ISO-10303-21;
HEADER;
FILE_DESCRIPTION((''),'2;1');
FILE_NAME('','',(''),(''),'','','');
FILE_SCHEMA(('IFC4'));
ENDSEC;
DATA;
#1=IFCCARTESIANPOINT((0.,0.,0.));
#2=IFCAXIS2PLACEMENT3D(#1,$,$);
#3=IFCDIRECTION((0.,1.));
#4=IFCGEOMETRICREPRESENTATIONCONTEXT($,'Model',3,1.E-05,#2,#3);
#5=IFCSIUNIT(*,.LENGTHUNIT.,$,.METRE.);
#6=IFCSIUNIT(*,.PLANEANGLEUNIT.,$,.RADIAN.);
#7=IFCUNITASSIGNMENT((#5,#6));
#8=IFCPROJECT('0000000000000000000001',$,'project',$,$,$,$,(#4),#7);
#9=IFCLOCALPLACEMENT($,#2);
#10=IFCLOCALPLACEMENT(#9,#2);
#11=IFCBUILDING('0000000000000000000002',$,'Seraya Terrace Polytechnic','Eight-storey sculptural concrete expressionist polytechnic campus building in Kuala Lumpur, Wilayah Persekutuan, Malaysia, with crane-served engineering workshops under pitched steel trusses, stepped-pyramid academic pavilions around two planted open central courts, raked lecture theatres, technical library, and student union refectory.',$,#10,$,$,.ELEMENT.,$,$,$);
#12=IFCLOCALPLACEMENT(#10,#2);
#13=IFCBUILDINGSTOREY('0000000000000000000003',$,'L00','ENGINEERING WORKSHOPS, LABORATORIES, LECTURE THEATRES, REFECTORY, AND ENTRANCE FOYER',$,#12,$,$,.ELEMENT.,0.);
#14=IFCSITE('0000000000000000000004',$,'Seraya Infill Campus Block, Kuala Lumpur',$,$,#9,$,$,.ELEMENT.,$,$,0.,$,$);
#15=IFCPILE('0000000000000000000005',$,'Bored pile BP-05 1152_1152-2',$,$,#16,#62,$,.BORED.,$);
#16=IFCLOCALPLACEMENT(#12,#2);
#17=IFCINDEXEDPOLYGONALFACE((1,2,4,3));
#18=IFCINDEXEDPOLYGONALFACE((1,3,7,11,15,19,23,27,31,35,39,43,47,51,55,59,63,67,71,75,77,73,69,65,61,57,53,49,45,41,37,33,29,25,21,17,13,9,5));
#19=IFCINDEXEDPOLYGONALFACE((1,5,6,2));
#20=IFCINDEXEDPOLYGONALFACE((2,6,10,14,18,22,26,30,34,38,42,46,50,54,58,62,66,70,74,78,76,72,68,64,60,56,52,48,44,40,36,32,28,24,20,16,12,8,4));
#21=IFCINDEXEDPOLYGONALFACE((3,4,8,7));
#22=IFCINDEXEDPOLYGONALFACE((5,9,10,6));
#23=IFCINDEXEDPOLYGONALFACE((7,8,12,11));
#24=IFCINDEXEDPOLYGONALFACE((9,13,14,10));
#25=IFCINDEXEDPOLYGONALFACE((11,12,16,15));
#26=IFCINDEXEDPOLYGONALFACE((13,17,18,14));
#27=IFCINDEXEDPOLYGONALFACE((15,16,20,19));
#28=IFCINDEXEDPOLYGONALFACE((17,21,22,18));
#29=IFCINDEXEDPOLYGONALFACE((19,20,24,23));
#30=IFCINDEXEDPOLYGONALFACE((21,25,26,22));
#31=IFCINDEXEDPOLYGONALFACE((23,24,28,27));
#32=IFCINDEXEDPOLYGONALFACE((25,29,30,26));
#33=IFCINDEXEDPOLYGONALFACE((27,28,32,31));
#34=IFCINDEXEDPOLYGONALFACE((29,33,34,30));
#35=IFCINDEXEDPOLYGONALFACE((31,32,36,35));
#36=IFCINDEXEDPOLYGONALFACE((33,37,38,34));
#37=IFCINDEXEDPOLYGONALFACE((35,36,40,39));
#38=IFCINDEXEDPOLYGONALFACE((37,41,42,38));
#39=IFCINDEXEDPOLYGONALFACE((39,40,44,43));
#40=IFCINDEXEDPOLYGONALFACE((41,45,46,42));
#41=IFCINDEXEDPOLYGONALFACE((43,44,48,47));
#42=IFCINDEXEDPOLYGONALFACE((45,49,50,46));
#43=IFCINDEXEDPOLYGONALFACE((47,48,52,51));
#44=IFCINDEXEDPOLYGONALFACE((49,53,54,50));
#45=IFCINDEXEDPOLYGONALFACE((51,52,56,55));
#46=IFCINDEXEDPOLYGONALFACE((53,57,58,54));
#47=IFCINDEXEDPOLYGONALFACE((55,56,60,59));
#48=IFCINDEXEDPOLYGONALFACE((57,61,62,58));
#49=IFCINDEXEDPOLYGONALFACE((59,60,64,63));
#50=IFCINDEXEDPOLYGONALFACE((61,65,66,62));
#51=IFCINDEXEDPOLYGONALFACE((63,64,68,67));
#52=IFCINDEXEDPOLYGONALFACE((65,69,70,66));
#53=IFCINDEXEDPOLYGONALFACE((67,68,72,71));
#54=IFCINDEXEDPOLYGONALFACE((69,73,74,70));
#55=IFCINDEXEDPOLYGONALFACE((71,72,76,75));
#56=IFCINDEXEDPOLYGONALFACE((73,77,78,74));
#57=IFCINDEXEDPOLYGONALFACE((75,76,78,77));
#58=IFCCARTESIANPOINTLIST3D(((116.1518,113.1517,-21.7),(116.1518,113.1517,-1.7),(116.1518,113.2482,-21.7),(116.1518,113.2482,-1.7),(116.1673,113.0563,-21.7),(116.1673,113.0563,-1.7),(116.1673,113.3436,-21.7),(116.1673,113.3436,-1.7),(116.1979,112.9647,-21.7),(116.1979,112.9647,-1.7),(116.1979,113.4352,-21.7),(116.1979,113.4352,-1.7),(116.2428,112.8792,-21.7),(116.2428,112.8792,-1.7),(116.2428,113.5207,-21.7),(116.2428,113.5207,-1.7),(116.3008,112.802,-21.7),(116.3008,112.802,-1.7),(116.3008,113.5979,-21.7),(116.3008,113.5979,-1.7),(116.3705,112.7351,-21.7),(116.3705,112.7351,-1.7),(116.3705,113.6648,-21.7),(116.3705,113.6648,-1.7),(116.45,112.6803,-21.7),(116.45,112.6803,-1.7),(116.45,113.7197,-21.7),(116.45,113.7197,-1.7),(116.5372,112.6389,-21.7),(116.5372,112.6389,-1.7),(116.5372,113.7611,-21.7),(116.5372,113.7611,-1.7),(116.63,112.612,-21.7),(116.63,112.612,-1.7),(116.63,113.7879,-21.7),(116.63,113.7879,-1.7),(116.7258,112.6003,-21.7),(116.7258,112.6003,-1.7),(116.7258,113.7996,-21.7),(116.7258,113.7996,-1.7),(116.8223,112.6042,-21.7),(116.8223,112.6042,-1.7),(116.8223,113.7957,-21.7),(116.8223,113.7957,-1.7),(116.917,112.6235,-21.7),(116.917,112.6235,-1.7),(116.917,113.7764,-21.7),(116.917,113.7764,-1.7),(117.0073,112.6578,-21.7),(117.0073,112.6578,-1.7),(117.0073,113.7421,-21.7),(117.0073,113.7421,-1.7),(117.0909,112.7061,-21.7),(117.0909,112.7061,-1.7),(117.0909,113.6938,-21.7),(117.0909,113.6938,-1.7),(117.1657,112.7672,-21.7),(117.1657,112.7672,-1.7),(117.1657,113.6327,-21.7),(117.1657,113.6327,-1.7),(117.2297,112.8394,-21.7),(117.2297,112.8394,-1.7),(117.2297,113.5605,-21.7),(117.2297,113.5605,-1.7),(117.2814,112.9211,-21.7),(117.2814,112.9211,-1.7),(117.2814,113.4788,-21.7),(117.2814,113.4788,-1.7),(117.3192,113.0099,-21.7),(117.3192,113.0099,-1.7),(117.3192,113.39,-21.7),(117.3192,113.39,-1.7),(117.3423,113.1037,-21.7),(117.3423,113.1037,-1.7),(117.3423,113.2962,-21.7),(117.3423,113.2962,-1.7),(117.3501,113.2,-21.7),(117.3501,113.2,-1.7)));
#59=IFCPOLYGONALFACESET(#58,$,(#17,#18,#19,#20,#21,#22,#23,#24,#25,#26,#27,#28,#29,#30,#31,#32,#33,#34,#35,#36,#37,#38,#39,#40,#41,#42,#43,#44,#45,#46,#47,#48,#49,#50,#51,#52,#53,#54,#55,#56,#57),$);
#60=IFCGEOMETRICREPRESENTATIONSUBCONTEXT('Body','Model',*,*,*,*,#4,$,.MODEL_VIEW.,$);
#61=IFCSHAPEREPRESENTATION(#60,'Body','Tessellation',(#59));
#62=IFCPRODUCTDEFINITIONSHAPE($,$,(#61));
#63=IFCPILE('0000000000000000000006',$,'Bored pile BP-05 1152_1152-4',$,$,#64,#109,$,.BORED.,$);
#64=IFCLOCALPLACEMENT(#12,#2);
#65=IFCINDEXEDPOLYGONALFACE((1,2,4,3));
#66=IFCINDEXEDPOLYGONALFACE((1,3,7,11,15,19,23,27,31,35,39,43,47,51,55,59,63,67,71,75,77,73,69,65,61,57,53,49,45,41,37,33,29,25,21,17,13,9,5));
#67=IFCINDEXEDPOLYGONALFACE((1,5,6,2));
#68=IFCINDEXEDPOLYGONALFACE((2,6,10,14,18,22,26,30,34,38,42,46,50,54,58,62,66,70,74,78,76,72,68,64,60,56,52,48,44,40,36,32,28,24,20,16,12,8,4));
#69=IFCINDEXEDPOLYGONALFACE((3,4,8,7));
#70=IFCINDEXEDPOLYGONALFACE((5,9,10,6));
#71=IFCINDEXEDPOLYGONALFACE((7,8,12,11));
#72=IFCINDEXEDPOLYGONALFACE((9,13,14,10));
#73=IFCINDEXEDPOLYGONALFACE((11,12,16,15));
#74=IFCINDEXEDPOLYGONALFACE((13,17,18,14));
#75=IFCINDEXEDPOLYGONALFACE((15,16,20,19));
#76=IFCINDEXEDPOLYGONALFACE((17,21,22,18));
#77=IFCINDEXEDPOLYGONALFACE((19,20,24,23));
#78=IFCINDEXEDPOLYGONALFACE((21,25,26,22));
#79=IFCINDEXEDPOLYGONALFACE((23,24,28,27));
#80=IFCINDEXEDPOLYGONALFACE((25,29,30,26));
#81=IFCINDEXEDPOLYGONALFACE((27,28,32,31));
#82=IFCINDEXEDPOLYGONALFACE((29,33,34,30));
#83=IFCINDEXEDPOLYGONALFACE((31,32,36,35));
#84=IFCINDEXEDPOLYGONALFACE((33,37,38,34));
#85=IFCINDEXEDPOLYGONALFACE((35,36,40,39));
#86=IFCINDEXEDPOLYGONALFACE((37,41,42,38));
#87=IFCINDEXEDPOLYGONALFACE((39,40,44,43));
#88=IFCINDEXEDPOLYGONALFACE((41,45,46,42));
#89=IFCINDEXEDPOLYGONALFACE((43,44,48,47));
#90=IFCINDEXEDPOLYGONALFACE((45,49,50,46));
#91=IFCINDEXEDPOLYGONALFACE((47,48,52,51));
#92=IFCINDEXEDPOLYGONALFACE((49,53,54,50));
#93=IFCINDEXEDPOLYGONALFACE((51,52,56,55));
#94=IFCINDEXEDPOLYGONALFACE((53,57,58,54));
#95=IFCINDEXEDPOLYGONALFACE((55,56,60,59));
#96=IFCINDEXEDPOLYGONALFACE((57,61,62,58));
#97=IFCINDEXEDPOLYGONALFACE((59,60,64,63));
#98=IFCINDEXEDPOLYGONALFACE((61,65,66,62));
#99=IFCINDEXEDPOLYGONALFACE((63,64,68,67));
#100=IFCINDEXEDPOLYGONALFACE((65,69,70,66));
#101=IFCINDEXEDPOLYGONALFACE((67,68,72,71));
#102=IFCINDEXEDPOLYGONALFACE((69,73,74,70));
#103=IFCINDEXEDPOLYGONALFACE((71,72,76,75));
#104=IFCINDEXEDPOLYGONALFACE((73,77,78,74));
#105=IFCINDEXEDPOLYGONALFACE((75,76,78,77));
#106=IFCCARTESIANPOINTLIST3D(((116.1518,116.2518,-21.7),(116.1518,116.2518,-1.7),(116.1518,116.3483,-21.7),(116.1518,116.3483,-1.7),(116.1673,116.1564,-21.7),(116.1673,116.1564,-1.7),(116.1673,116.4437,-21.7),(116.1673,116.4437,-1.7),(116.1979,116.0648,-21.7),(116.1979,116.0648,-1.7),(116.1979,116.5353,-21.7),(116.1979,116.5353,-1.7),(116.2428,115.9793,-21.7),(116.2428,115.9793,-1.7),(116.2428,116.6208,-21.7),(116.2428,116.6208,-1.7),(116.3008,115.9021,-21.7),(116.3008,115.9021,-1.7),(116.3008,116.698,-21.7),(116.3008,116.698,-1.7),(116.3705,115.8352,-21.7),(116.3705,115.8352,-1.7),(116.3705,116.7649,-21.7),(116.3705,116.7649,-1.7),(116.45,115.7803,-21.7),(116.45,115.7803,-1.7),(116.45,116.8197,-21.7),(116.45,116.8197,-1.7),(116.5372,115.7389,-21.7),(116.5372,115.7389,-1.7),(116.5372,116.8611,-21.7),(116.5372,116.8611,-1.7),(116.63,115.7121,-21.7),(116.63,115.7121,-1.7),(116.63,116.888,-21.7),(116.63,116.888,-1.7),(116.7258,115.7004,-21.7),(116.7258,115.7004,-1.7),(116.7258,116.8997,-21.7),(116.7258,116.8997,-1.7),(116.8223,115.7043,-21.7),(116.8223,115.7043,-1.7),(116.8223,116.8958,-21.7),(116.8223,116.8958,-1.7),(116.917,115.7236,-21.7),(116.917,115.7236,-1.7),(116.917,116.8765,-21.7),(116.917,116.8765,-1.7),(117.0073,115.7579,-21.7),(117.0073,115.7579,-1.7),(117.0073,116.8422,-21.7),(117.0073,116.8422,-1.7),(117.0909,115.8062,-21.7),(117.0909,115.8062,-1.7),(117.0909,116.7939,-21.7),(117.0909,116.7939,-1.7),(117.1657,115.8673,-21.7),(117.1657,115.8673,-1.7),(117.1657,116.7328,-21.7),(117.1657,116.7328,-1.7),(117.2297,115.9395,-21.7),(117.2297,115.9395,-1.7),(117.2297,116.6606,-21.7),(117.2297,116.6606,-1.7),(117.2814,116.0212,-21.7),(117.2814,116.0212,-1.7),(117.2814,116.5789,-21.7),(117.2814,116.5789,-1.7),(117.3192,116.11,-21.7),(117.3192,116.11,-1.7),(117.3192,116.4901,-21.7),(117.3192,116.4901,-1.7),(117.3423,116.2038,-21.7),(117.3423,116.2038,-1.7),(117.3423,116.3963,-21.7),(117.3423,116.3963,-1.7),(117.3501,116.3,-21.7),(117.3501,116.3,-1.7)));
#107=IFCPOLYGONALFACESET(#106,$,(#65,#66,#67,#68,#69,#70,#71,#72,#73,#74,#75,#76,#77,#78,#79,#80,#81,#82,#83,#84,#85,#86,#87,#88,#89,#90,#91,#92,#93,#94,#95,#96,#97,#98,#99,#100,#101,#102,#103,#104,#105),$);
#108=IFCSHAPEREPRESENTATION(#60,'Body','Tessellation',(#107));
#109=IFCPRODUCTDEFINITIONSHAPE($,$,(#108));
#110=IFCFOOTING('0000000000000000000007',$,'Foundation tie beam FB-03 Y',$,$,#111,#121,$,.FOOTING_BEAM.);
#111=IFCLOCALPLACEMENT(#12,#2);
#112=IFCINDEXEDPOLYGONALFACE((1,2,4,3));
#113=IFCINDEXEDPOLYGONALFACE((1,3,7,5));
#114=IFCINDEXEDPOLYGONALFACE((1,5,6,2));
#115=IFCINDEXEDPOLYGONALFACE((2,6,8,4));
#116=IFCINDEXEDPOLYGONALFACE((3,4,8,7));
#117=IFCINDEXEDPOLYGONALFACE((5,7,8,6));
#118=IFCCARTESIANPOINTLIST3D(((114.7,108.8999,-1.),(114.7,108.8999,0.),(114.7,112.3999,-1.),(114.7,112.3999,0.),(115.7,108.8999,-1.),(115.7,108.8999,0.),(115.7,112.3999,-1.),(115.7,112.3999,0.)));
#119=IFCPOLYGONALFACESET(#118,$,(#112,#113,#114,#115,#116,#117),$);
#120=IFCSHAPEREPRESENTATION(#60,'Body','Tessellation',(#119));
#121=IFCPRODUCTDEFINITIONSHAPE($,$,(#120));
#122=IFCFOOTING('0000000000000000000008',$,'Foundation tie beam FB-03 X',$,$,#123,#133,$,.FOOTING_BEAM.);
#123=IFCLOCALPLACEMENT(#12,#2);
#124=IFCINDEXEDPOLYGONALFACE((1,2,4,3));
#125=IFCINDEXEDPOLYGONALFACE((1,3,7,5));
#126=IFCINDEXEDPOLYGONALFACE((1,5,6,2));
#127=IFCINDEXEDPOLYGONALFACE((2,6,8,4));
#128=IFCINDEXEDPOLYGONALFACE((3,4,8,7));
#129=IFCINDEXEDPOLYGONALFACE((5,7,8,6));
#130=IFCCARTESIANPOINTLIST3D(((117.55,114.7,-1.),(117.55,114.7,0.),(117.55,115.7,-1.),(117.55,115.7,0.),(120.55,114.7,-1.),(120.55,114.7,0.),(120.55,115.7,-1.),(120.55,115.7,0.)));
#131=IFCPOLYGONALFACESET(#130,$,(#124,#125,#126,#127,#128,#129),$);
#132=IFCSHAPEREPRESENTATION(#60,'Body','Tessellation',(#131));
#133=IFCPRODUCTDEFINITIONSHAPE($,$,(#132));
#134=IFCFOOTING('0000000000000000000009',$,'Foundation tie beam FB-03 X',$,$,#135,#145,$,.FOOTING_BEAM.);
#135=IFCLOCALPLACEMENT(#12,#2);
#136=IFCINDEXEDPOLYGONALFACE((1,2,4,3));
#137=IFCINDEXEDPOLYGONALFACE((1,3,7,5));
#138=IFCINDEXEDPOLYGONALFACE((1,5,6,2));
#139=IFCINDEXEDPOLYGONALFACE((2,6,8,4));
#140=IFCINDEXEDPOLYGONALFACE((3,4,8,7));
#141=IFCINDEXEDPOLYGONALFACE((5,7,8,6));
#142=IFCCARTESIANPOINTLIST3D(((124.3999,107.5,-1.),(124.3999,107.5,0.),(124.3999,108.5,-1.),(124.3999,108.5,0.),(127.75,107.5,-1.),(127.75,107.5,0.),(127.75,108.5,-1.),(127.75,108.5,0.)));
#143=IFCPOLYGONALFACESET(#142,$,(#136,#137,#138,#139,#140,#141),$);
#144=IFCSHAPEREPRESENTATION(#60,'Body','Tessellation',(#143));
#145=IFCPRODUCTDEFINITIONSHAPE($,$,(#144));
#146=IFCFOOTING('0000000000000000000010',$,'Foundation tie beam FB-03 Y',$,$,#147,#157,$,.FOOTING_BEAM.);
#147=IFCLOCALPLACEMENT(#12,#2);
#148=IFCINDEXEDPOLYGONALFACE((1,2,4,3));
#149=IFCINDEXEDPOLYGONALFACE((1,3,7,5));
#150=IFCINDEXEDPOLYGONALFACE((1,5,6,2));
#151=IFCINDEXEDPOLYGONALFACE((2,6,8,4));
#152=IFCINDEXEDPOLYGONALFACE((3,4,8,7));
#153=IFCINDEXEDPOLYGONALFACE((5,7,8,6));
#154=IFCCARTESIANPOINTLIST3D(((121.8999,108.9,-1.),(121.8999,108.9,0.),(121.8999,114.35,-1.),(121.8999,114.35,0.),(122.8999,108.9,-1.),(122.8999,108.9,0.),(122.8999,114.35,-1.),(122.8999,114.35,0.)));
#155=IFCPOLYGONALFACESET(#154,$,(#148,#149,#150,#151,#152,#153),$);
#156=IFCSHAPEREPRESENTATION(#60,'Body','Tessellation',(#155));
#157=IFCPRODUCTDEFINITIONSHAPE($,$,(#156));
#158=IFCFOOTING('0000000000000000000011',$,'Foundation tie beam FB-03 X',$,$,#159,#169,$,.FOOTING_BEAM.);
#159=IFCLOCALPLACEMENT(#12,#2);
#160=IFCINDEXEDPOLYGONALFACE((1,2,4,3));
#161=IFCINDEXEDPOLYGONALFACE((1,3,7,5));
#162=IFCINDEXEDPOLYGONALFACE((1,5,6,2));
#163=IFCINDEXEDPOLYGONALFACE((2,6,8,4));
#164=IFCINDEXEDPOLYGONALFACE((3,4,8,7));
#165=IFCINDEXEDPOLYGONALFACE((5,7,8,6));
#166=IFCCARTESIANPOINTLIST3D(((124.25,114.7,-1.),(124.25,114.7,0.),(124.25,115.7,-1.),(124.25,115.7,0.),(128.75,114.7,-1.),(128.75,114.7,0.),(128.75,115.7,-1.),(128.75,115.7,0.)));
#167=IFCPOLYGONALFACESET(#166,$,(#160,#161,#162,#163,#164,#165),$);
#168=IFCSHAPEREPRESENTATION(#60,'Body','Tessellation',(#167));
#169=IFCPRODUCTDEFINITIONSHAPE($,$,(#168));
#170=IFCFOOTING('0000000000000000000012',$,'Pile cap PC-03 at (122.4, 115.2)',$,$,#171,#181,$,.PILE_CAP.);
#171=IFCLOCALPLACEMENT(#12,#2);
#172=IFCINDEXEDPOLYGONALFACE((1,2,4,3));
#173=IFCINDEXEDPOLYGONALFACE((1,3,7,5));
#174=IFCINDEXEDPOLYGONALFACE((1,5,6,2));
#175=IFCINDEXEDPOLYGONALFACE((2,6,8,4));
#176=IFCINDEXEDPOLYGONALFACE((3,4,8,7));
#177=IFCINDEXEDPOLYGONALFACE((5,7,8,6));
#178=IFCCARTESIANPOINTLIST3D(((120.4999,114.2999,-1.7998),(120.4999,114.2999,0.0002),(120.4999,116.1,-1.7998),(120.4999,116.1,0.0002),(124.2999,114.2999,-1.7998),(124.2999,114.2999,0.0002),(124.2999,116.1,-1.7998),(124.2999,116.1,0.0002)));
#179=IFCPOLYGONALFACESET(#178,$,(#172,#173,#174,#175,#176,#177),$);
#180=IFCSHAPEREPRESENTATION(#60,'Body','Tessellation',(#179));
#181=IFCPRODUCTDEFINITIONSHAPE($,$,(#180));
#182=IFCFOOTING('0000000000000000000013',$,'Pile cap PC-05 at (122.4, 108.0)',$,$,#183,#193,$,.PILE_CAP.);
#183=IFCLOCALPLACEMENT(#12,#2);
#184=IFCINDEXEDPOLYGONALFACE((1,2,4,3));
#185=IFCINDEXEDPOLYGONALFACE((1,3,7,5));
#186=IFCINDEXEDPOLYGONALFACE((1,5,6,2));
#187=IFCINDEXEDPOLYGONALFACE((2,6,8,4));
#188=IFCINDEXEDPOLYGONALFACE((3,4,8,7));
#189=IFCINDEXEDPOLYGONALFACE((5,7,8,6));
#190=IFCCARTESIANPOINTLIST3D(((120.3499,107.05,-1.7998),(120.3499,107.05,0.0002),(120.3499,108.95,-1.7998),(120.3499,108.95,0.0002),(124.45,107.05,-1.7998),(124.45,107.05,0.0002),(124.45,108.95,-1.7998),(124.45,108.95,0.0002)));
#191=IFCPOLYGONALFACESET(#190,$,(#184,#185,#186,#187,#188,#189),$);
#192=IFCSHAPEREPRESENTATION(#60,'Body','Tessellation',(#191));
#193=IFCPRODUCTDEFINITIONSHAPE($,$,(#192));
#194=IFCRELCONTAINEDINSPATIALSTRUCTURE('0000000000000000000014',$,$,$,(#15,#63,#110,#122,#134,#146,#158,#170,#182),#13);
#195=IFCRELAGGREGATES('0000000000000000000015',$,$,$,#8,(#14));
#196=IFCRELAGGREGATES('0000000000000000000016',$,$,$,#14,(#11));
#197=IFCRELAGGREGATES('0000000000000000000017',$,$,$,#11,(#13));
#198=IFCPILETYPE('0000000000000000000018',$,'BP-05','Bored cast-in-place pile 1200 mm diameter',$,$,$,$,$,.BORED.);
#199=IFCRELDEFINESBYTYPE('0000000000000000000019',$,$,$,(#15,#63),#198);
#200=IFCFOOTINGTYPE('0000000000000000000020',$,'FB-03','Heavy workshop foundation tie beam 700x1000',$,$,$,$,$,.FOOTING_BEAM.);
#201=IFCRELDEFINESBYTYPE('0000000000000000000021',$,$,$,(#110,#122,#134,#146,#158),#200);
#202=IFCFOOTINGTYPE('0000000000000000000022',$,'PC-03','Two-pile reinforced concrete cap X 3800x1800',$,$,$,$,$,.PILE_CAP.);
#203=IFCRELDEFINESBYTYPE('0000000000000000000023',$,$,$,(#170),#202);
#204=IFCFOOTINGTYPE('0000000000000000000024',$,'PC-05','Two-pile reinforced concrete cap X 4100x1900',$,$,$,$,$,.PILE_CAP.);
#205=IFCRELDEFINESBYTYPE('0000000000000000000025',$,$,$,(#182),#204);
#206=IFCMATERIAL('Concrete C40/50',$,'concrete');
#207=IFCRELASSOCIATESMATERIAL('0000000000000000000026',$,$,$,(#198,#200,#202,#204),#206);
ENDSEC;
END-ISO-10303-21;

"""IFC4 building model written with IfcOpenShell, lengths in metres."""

from ifc_helpers import new_model, si_unit, direction, frame, origin, origin_2d, place, context, subcontext, project, spatial, rectangle, circle, extrude, material, material_profile, profile_set, type_object, element, save


model = new_model("IFC4")

# Units and contexts
model_context = context("Model", 3, precision=1e-05, world=origin(), true_north=direction((0.0, 1.0)))
body_context = subcontext(model_context, "Body", "Model", "MODEL_VIEW")
ifc_project = project(units=[si_unit("LENGTHUNIT", "METRE"), si_unit("PLANEANGLEUNIT", "RADIAN")], contexts=[model_context])

# Site, building, storey
site_placement = place(None, origin())
site = spatial("IfcSite", under=ifc_project, at=site_placement, Name="Seraya Infill Campus Block, Kuala Lumpur", CompositionType="ELEMENT", RefElevation=0.0)
building_placement = place(site_placement, origin())
building = spatial("IfcBuilding", under=site, at=building_placement, Name="Seraya Terrace Polytechnic", Description="Eight-storey sculptural concrete expressionist polytechnic campus building in Kuala Lumpur, Wilayah Persekutuan, Malaysia, with crane-served engineering workshops under pitched steel trusses, stepped-pyramid academic pavilions around two planted open central courts, raked lecture theatres, technical library, and student union refectory.", CompositionType="ELEMENT")
storey_placement = place(building_placement, origin())
storey = spatial("IfcBuildingStorey", under=building, at=storey_placement, Name="L00", Description="ENGINEERING WORKSHOPS, LABORATORIES, LECTURE THEATRES, REFECTORY, AND ENTRANCE FOYER", CompositionType="ELEMENT", Elevation=0.0)

# Piles
ifc_material_1 = material(Name="Concrete C40/50", Category="concrete")
ifc_material_profile_1 = material_profile(ifc_material_1, circle(Radius=0.6001, at=origin_2d()), Name="DIA 1200")
ifc_profile_set_1 = profile_set([ifc_material_profile_1], Name="Concrete C40/50")
pile_type_1 = type_object("IfcPileType", Name="BP-05", Description="Bored cast-in-place pile 1200 mm diameter", PredefinedType="BORED", material=ifc_profile_set_1)
for number, where, z_axis, x_axis, name in (
    (1, (116.75, 113.2, -1.7), (0.0, 0.0, -1.0), (1.0, 0.0, 0.0), "Bored pile BP-05 1152_1152-2"),
    (2, (116.75, 116.3, -1.7), (0.0, 0.0, -1.0), (1.0, 0.0, 0.0), "Bored pile BP-05 1152_1152-4"),
):
    element("IfcPile", number, at=place(storey_placement, frame(where, z_axis=z_axis, x_axis=x_axis)), inside=storey, type_object=pile_type_1, Name=name, PredefinedType="BORED", context=body_context, shape_type="SweptSolid", body=[
        extrude(circle(Radius=0.6001, at=origin_2d()), origin(), (0.0, 0.0, 1.0), 20.0),
    ])

# Footings
footing_type_1 = type_object("IfcFootingType", Name="FB-03", Description="Heavy workshop foundation tie beam 700x1000", PredefinedType="FOOTING_BEAM", material=ifc_material_1)
footing_1_placement = place(storey_placement, frame((115.2, 110.6499, -1.0), z_axis=(0.0, 0.0, 1.0), x_axis=(0.0, 1.0, 0.0)))
element("IfcFooting", 3, at=footing_1_placement, inside=storey, type_object=footing_type_1, Name="Foundation tie beam FB-03 Y", PredefinedType="FOOTING_BEAM", context=body_context, shape_type="SweptSolid", body=[
    extrude(rectangle(XDim=3.5, YDim=1.0, at=origin_2d()), origin(), (0.0, 0.0, 1.0), 1.0),
])
footing_2_placement = place(storey_placement, frame((119.05, 115.2, -1.0), z_axis=(0.0, 0.0, 1.0), x_axis=(1.0, 0.0, 0.0)))
element("IfcFooting", 4, at=footing_2_placement, inside=storey, type_object=footing_type_1, Name="Foundation tie beam FB-03 X", PredefinedType="FOOTING_BEAM", context=body_context, shape_type="SweptSolid", body=[
    extrude(rectangle(XDim=3.0, YDim=1.0, at=origin_2d()), origin(), (0.0, 0.0, 1.0), 1.0),
])
footing_3_placement = place(storey_placement, frame((126.075, 108.0, -1.0), z_axis=(0.0, 0.0, 1.0), x_axis=(1.0, 0.0, 0.0)))
element("IfcFooting", 5, at=footing_3_placement, inside=storey, type_object=footing_type_1, Name="Foundation tie beam FB-03 X", PredefinedType="FOOTING_BEAM", context=body_context, shape_type="SweptSolid", body=[
    extrude(rectangle(XDim=3.3501, YDim=1.0, at=origin_2d()), origin(), (0.0, 0.0, 1.0), 1.0),
])
footing_4_placement = place(storey_placement, frame((122.3999, 111.625, -1.0), z_axis=(0.0, 0.0, 1.0), x_axis=(0.0, 1.0, 0.0)))
element("IfcFooting", 6, at=footing_4_placement, inside=storey, type_object=footing_type_1, Name="Foundation tie beam FB-03 Y", PredefinedType="FOOTING_BEAM", context=body_context, shape_type="SweptSolid", body=[
    extrude(rectangle(XDim=5.45, YDim=1.0, at=origin_2d()), origin(), (0.0, 0.0, 1.0), 1.0),
])
footing_5_placement = place(storey_placement, frame((126.5, 115.2, -1.0), z_axis=(0.0, 0.0, 1.0), x_axis=(1.0, 0.0, 0.0)))
element("IfcFooting", 7, at=footing_5_placement, inside=storey, type_object=footing_type_1, Name="Foundation tie beam FB-03 X", PredefinedType="FOOTING_BEAM", context=body_context, shape_type="SweptSolid", body=[
    extrude(rectangle(XDim=4.5, YDim=1.0, at=origin_2d()), origin(), (0.0, 0.0, 1.0), 1.0),
])
footing_type_2 = type_object("IfcFootingType", Name="PC-03", Description="Two-pile reinforced concrete cap X 3800x1800", PredefinedType="PILE_CAP", material=ifc_material_1)
footing_6_placement = place(storey_placement, frame((122.3999, 115.2, -1.7998), z_axis=(0.0, 0.0, 1.0), x_axis=(1.0, 0.0, 0.0)))
element("IfcFooting", 8, at=footing_6_placement, inside=storey, type_object=footing_type_2, Name="Pile cap PC-03 at (122.4, 115.2)", PredefinedType="PILE_CAP", context=body_context, shape_type="SweptSolid", body=[
    extrude(rectangle(XDim=3.8, YDim=1.8, at=origin_2d()), origin(), (0.0, 0.0, 1.0), 1.8),
])
footing_type_3 = type_object("IfcFootingType", Name="PC-05", Description="Two-pile reinforced concrete cap X 4100x1900", PredefinedType="PILE_CAP", material=ifc_material_1)
footing_7_placement = place(storey_placement, frame((122.3999, 108.0, -1.7998), z_axis=(0.0, 0.0, 1.0), x_axis=(1.0, 0.0, 0.0)))
element("IfcFooting", 9, at=footing_7_placement, inside=storey, type_object=footing_type_3, Name="Pile cap PC-05 at (122.4, 108.0)", PredefinedType="PILE_CAP", context=body_context, shape_type="SweptSolid", body=[
    extrude(rectangle(XDim=4.1001, YDim=1.8999, at=origin_2d()), origin(), (0.0, 0.0, 1.0), 1.8),
])

save(model, "model.ifc")
